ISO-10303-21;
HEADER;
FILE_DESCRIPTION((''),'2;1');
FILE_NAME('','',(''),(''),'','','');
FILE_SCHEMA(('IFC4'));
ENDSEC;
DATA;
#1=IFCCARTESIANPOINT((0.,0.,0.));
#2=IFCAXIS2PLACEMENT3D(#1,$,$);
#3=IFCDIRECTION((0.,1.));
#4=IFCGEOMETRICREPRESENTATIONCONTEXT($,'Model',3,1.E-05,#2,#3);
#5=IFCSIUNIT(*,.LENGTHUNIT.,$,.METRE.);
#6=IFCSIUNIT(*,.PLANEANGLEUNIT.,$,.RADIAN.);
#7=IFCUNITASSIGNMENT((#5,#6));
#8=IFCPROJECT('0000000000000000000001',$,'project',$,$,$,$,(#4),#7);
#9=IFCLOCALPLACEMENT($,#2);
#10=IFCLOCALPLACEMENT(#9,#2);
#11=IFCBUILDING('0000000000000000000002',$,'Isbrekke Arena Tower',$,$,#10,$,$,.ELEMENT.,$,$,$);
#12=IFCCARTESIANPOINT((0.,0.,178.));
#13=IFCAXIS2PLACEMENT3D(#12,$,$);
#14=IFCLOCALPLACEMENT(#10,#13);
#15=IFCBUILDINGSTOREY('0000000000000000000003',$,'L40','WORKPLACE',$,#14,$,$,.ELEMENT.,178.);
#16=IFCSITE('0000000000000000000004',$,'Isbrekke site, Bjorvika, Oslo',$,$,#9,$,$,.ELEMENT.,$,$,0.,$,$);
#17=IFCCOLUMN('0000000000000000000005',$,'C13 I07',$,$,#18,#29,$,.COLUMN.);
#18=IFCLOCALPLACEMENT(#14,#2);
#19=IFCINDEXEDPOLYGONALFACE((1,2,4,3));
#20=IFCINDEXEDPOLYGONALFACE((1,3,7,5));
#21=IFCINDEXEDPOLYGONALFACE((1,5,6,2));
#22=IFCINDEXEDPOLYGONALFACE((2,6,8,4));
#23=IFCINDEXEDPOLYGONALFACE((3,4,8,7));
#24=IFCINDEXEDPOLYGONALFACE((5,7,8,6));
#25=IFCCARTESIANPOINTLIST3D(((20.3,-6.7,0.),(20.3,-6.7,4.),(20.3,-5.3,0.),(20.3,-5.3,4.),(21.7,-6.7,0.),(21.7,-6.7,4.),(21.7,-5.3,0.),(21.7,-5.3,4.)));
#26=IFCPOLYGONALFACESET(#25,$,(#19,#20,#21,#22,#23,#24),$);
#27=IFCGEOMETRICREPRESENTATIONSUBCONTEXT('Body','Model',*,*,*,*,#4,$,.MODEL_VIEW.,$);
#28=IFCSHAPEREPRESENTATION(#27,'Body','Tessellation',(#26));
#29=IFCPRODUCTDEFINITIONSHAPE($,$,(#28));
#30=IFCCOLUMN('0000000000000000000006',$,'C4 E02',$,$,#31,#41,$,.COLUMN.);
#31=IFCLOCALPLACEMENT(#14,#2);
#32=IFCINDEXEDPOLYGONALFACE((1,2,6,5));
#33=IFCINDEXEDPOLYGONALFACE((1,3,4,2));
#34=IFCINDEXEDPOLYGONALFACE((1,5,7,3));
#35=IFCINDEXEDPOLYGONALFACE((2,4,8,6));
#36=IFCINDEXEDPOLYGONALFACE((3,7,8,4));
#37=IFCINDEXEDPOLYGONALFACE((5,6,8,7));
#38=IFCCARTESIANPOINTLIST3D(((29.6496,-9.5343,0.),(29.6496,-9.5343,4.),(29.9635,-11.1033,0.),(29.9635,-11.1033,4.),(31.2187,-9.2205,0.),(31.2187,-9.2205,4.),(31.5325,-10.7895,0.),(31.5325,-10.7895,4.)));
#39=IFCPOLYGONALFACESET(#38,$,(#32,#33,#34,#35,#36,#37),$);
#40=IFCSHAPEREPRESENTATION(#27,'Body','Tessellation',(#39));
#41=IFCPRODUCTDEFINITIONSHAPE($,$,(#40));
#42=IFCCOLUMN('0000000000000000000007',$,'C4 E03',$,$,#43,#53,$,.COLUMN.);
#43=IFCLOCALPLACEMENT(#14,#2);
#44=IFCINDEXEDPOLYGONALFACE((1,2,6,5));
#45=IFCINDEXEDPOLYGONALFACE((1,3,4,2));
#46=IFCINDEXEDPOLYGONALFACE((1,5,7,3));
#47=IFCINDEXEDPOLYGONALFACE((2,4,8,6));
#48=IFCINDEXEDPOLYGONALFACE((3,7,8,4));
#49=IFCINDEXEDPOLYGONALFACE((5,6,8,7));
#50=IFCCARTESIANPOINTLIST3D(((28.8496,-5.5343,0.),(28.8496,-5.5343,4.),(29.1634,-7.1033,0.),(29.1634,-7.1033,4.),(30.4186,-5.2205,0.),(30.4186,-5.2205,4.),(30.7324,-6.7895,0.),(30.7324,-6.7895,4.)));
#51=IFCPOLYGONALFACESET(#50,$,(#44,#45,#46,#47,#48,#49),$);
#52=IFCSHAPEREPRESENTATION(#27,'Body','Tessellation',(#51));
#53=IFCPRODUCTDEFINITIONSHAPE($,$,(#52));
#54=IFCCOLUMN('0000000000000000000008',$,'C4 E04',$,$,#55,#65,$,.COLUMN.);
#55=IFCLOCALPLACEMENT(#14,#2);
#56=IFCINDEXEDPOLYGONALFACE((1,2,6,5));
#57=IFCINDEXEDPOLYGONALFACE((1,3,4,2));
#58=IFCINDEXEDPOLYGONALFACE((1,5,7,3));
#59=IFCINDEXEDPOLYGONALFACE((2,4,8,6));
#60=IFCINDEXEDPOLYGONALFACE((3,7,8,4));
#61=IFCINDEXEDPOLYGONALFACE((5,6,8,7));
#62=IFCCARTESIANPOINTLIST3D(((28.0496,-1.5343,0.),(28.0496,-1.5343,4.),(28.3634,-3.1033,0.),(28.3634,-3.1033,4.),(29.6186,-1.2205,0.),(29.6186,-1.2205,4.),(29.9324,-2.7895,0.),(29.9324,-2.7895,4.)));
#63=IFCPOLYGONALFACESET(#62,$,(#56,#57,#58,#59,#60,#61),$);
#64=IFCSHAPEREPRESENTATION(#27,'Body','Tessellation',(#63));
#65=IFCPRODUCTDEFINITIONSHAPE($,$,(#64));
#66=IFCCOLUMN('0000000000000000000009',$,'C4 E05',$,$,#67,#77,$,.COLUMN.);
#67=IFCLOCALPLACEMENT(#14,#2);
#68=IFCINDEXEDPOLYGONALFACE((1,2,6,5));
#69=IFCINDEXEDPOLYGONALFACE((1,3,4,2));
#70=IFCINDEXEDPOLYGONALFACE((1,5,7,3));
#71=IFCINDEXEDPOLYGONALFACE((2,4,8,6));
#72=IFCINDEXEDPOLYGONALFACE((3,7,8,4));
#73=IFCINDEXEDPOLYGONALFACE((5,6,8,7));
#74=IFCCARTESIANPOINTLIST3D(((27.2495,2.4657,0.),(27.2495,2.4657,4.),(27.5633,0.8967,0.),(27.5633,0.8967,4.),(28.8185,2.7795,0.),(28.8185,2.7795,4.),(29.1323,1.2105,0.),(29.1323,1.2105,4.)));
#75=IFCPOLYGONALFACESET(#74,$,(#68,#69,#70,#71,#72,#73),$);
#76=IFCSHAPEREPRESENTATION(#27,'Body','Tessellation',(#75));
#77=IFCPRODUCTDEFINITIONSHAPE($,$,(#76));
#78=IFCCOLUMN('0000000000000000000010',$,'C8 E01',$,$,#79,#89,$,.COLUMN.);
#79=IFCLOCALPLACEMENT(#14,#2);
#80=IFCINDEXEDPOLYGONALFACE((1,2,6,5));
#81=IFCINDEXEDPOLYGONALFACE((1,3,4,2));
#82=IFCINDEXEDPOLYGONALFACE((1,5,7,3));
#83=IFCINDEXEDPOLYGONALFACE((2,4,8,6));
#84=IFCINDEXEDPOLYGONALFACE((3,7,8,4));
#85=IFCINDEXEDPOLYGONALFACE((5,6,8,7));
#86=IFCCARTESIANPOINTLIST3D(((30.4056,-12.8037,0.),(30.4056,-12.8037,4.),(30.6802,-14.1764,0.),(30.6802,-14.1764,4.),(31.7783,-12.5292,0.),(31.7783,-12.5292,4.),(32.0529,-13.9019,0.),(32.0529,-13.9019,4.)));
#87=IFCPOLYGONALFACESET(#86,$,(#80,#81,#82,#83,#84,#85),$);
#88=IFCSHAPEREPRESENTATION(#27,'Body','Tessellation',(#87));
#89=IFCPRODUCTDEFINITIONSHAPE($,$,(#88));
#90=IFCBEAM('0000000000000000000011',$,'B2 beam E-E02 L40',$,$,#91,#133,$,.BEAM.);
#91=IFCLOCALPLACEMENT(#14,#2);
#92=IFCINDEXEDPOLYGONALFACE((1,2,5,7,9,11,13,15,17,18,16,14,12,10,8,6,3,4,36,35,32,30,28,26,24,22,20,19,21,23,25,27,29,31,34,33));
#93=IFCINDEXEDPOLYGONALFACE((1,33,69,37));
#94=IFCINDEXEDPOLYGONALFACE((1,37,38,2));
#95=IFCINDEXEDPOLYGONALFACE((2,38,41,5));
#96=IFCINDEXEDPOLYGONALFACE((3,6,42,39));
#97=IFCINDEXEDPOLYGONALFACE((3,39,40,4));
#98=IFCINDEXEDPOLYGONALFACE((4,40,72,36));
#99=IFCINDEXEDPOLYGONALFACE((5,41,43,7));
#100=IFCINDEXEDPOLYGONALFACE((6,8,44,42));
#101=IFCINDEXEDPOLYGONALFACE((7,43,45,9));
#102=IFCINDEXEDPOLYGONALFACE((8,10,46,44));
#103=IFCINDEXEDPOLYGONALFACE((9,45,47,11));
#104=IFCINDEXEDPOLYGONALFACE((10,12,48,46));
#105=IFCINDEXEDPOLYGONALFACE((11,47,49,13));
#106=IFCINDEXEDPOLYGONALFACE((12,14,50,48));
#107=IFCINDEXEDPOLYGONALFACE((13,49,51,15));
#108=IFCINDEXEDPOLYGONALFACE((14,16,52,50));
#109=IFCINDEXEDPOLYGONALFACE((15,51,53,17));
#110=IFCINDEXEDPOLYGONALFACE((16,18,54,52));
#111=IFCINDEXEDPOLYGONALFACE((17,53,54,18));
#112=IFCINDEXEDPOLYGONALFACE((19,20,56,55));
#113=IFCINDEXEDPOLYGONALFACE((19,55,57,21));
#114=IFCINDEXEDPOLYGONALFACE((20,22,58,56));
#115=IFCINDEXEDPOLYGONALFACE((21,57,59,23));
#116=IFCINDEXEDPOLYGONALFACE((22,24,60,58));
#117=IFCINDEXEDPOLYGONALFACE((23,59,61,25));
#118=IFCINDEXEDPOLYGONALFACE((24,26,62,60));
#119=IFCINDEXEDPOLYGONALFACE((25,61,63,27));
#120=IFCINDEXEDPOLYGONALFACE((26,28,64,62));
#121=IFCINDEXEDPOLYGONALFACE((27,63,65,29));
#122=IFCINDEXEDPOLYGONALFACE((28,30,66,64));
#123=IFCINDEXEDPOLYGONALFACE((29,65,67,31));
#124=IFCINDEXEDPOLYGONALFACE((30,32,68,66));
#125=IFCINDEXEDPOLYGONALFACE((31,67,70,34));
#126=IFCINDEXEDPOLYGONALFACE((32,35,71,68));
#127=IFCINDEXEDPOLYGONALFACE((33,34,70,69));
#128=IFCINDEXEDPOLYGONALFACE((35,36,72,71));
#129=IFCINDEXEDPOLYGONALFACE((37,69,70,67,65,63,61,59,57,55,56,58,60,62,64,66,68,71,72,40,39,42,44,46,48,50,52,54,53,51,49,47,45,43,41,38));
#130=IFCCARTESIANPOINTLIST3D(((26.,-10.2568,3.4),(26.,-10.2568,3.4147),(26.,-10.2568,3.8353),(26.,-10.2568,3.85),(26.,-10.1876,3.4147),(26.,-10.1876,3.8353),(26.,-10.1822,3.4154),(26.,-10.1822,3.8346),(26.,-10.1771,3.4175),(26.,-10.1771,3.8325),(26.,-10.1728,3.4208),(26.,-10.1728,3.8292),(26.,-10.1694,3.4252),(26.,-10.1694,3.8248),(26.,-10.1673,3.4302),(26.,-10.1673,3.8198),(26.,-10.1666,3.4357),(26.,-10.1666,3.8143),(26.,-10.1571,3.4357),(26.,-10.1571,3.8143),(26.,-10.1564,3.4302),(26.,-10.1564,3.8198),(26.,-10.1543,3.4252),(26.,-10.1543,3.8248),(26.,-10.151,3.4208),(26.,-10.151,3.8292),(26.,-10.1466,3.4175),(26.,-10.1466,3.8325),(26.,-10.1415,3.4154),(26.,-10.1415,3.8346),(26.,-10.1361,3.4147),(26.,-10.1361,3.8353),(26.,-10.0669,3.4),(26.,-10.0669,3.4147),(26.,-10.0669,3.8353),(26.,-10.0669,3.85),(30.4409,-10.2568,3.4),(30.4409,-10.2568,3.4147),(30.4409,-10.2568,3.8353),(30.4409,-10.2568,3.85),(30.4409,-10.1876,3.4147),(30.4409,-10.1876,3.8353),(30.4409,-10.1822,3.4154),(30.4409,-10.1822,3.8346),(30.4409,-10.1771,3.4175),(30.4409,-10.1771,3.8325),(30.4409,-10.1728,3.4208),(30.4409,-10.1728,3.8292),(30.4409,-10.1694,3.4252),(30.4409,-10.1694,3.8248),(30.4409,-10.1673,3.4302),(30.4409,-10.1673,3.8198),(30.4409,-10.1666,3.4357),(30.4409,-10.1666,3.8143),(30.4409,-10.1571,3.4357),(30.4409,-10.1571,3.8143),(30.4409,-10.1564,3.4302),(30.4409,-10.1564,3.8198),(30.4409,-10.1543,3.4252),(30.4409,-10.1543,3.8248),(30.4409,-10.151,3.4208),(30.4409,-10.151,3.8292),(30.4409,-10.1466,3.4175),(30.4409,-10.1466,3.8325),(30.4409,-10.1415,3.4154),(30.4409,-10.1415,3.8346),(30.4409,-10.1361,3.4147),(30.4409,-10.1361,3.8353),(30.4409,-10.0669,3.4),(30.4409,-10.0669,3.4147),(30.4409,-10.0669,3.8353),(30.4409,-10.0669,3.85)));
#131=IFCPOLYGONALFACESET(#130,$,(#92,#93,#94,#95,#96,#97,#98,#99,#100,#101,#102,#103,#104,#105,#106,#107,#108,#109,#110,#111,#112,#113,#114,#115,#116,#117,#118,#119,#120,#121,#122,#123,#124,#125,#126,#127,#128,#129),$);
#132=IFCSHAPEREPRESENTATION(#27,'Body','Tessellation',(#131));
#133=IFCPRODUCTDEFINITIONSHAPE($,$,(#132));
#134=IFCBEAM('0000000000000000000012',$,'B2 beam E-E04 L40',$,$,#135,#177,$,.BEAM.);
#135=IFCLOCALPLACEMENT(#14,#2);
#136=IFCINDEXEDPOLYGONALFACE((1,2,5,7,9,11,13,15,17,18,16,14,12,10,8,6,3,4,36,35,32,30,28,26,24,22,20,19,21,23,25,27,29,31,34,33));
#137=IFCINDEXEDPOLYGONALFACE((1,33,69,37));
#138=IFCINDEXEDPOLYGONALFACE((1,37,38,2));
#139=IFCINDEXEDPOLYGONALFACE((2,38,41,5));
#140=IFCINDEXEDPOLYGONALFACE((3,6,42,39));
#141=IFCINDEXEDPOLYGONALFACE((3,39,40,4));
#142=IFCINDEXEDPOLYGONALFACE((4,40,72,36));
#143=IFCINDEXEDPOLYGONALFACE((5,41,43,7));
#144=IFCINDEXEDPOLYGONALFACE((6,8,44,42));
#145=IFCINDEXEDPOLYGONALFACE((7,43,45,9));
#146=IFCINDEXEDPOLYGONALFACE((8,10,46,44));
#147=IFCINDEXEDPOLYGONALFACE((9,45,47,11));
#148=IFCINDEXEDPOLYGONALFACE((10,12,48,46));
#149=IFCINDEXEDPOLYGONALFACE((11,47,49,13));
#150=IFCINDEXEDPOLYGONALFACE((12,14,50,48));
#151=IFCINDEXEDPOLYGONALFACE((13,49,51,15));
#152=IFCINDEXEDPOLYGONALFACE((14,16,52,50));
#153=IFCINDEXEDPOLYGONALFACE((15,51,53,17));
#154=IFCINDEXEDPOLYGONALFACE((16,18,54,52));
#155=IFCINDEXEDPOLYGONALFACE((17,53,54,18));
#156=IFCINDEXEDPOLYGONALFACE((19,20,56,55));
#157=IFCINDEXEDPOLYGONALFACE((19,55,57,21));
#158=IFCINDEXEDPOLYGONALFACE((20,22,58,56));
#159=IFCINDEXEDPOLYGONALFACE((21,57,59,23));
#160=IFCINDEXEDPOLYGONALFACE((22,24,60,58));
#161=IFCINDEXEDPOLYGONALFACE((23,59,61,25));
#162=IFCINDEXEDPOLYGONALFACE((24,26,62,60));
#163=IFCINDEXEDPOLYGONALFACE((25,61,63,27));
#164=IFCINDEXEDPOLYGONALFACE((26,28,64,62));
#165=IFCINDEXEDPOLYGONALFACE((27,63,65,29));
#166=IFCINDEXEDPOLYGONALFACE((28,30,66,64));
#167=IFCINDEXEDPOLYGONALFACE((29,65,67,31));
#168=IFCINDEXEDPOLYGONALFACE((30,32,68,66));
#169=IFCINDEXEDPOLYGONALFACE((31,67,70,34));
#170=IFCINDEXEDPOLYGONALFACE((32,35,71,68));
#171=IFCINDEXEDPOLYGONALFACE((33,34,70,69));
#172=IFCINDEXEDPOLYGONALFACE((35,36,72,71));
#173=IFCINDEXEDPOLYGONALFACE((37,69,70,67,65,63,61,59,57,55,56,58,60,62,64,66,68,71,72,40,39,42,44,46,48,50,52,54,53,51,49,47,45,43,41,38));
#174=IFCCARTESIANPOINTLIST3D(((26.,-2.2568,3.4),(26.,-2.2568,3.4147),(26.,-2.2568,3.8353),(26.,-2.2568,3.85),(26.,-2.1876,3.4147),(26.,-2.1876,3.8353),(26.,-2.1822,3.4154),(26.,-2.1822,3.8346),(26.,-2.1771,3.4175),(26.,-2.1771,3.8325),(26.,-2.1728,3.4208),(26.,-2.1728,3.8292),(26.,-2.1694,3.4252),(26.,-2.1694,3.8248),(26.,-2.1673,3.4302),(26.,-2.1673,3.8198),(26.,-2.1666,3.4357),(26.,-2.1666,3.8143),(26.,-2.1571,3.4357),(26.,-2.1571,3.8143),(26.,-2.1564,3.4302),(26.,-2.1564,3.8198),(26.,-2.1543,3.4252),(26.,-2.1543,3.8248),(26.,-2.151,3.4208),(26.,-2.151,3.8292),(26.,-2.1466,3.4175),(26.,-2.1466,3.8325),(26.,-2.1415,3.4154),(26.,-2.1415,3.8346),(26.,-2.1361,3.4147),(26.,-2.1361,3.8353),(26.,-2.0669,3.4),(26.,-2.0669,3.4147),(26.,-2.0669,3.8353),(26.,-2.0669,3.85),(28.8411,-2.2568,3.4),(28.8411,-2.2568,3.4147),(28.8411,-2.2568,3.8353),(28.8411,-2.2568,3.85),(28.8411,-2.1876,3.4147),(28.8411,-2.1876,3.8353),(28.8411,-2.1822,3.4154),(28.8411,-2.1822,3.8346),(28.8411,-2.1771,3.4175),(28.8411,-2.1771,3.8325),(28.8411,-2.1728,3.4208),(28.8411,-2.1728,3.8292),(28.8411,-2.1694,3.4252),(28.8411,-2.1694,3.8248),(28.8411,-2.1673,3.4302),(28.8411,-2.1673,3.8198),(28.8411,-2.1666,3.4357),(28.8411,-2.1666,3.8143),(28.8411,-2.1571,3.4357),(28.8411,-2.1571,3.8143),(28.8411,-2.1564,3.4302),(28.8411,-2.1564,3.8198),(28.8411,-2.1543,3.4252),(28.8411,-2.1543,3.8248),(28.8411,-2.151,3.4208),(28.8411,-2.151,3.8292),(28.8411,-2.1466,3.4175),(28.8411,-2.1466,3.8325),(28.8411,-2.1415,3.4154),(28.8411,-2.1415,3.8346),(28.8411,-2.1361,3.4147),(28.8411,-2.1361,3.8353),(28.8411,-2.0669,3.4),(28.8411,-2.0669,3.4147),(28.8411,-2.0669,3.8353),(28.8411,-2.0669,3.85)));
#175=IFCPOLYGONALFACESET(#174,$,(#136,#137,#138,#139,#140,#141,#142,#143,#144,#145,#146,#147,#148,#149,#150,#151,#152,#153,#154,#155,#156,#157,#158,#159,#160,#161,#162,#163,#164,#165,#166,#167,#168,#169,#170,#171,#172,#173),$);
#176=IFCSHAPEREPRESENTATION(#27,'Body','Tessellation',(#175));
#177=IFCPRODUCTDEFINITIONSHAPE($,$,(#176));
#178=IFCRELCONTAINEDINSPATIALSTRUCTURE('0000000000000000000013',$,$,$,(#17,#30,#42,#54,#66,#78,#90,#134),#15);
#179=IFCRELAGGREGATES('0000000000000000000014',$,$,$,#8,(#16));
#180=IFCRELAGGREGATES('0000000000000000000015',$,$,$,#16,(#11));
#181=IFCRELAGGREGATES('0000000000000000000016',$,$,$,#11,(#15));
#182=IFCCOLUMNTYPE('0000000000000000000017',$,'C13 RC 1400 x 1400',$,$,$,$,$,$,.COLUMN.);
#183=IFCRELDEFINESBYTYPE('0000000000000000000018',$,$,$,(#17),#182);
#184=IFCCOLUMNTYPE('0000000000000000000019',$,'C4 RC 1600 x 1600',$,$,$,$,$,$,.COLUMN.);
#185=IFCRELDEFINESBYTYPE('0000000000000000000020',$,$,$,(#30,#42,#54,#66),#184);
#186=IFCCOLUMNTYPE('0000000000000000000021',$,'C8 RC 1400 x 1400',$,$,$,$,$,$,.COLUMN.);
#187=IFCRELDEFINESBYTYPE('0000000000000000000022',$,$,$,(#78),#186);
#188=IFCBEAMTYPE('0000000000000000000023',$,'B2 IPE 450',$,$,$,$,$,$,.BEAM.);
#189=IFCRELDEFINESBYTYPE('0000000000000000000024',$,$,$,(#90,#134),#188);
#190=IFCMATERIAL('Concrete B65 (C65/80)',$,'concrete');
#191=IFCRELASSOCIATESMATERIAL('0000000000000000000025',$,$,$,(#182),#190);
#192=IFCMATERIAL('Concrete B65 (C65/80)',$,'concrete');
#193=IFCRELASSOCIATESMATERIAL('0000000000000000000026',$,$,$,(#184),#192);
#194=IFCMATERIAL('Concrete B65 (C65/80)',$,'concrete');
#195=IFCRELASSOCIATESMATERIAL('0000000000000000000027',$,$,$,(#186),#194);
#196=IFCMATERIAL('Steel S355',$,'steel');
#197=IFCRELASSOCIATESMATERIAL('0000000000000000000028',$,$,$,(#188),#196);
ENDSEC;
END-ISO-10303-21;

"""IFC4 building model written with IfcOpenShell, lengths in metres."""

from ifc_helpers import new_model, si_unit, direction, frame, origin, origin_2d, place, context, subcontext, project, spatial, rectangle, i_section, extrude, material, material_profile, profile_set, type_object, element, save


model = new_model("IFC4")

# Units and contexts
model_context = context("Model", 3, precision=1e-05, world=origin(), true_north=direction((0.0, 1.0)))
body_context = subcontext(model_context, "Body", "Model", "MODEL_VIEW")
ifc_project = project(units=[si_unit("LENGTHUNIT", "METRE"), si_unit("PLANEANGLEUNIT", "RADIAN")], contexts=[model_context])

# Site, building, storey
site_placement = place(None, origin())
site = spatial("IfcSite", under=ifc_project, at=site_placement, Name="Isbrekke site, Bjorvika, Oslo", CompositionType="ELEMENT", RefElevation=0.0)
building_placement = place(site_placement, origin())
building = spatial("IfcBuilding", under=site, at=building_placement, Name="Isbrekke Arena Tower", CompositionType="ELEMENT")
storey_placement = place(building_placement, frame((0.0, 0.0, 178.0)))
storey = spatial("IfcBuildingStorey", under=building, at=storey_placement, Name="L40", Description="WORKPLACE", CompositionType="ELEMENT", Elevation=178.0)

# Columns
ifc_material_1 = material(Name="Concrete B65 (C65/80)", Category="concrete")
ifc_material_profile_1 = material_profile(ifc_material_1, rectangle(XDim=1.3999, YDim=1.3999, at=origin_2d()), Name="RC 1400x1400")
ifc_profile_set_1 = profile_set([ifc_material_profile_1], Name="Concrete B65 (C65/80)")
column_type_1 = type_object("IfcColumnType", Name="C13 RC 1400 x 1400", PredefinedType="COLUMN", material=ifc_profile_set_1)
column_1_placement = place(storey_placement, frame((21.0, -6.0, 0.0), z_axis=(0.0, 0.0, 1.0), x_axis=(1.0, 0.0, 0.0)))
element("IfcColumn", 1, at=column_1_placement, inside=storey, type_object=column_type_1, Name="C13 I07", PredefinedType="COLUMN", context=body_context, shape_type="SweptSolid", body=[
    extrude(rectangle(XDim=1.3999, YDim=1.3999, at=origin_2d()), origin(), (0.0, 0.0, 1.0), 4.0),
])
ifc_material_2 = material(Name="Concrete B65 (C65/80)", Category="concrete")
ifc_material_profile_2 = material_profile(ifc_material_2, rectangle(XDim=1.6001, YDim=1.6001, at=origin_2d()), Name="RC 1600x1600")
ifc_profile_set_2 = profile_set([ifc_material_profile_2], Name="Concrete B65 (C65/80)")
column_type_2 = type_object("IfcColumnType", Name="C4 RC 1600 x 1600", PredefinedType="COLUMN", material=ifc_profile_set_2)
for number, where, z_axis, x_axis, name in (
    (2, (30.5911, -10.1619, 0.0), (0.0, 0.0, 1.0), (-0.196116, 0.980581, 0.0), "C4 E02"),
    (3, (29.791, -6.1619, 0.0), (0.0, 0.0, 1.0), (-0.196116, 0.980581, 0.0), "C4 E03"),
    (4, (28.991, -2.1619, 0.0), (0.0, 0.0, 1.0), (-0.196116, 0.980581, 0.0), "C4 E04"),
    (5, (28.1909, 1.8381, 0.0), (0.0, 0.0, 1.0), (-0.196116, 0.980581, 0.0), "C4 E05"),
):
    element("IfcColumn", number, at=place(storey_placement, frame(where, z_axis=z_axis, x_axis=x_axis)), inside=storey, type_object=column_type_2, Name=name, PredefinedType="COLUMN", context=body_context, shape_type="SweptSolid", body=[
        extrude(rectangle(XDim=1.6001, YDim=1.6001, at=origin_2d()), origin(), (0.0, 0.0, 1.0), 4.0),
    ])
ifc_material_3 = material(Name="Concrete B65 (C65/80)", Category="concrete")
ifc_material_profile_3 = material_profile(ifc_material_3, rectangle(XDim=1.3999, YDim=1.3999, at=origin_2d()), Name="RC 1400x1400")
ifc_profile_set_3 = profile_set([ifc_material_profile_3], Name="Concrete B65 (C65/80)")
column_type_3 = type_object("IfcColumnType", Name="C8 RC 1400 x 1400", PredefinedType="COLUMN", material=ifc_profile_set_3)
column_2_placement = place(storey_placement, frame((31.2292, -13.3528, 0.0), z_axis=(0.0, 0.0, 1.0), x_axis=(-0.196116, 0.980581, 0.0)))
element("IfcColumn", 6, at=column_2_placement, inside=storey, type_object=column_type_3, Name="C8 E01", PredefinedType="COLUMN", context=body_context, shape_type="SweptSolid", body=[
    extrude(rectangle(XDim=1.3999, YDim=1.3999, at=origin_2d()), origin(), (0.0, 0.0, 1.0), 4.0),
])

# Beams
ifc_material_4 = material(Name="Steel S355", Category="steel")
ifc_material_profile_4 = material_profile(ifc_material_4, i_section(OverallWidth=0.1899, OverallDepth=0.45, WebThickness=0.0095, FlangeThickness=0.0146, FilletRadius=0.021, at=origin_2d()), Name="IPE 450")
ifc_profile_set_4 = profile_set([ifc_material_profile_4], Name="Steel S355")
beam_type_1 = type_object("IfcBeamType", Name="B2 IPE 450", PredefinedType="BEAM", material=ifc_profile_set_4)
beam_1_placement = place(storey_placement, frame((30.4409, -10.1619, 3.625), z_axis=(-1.0, 0.0, 0.0), x_axis=(0.0, -1.0, 0.0)))
element("IfcBeam", 7, at=beam_1_placement, inside=storey, type_object=beam_type_1, Name="B2 beam E-E02 L40", PredefinedType="BEAM", context=body_context, shape_type="SweptSolid", body=[
    extrude(i_section(OverallWidth=0.1899, OverallDepth=0.45, WebThickness=0.0095, FlangeThickness=0.0146, FilletRadius=0.021, at=origin_2d()), origin(), (0.0, 0.0, 1.0), 4.4409),
])
beam_2_placement = place(storey_placement, frame((28.8411, -2.1619, 3.625), z_axis=(-1.0, 0.0, 0.0), x_axis=(0.0, -1.0, 0.0)))
element("IfcBeam", 8, at=beam_2_placement, inside=storey, type_object=beam_type_1, Name="B2 beam E-E04 L40", PredefinedType="BEAM", context=body_context, shape_type="SweptSolid", body=[
    extrude(i_section(OverallWidth=0.1899, OverallDepth=0.45, WebThickness=0.0095, FlangeThickness=0.0146, FilletRadius=0.021, at=origin_2d()), origin(), (0.0, 0.0, 1.0), 2.8411),
])

save(model, "model.ifc")
